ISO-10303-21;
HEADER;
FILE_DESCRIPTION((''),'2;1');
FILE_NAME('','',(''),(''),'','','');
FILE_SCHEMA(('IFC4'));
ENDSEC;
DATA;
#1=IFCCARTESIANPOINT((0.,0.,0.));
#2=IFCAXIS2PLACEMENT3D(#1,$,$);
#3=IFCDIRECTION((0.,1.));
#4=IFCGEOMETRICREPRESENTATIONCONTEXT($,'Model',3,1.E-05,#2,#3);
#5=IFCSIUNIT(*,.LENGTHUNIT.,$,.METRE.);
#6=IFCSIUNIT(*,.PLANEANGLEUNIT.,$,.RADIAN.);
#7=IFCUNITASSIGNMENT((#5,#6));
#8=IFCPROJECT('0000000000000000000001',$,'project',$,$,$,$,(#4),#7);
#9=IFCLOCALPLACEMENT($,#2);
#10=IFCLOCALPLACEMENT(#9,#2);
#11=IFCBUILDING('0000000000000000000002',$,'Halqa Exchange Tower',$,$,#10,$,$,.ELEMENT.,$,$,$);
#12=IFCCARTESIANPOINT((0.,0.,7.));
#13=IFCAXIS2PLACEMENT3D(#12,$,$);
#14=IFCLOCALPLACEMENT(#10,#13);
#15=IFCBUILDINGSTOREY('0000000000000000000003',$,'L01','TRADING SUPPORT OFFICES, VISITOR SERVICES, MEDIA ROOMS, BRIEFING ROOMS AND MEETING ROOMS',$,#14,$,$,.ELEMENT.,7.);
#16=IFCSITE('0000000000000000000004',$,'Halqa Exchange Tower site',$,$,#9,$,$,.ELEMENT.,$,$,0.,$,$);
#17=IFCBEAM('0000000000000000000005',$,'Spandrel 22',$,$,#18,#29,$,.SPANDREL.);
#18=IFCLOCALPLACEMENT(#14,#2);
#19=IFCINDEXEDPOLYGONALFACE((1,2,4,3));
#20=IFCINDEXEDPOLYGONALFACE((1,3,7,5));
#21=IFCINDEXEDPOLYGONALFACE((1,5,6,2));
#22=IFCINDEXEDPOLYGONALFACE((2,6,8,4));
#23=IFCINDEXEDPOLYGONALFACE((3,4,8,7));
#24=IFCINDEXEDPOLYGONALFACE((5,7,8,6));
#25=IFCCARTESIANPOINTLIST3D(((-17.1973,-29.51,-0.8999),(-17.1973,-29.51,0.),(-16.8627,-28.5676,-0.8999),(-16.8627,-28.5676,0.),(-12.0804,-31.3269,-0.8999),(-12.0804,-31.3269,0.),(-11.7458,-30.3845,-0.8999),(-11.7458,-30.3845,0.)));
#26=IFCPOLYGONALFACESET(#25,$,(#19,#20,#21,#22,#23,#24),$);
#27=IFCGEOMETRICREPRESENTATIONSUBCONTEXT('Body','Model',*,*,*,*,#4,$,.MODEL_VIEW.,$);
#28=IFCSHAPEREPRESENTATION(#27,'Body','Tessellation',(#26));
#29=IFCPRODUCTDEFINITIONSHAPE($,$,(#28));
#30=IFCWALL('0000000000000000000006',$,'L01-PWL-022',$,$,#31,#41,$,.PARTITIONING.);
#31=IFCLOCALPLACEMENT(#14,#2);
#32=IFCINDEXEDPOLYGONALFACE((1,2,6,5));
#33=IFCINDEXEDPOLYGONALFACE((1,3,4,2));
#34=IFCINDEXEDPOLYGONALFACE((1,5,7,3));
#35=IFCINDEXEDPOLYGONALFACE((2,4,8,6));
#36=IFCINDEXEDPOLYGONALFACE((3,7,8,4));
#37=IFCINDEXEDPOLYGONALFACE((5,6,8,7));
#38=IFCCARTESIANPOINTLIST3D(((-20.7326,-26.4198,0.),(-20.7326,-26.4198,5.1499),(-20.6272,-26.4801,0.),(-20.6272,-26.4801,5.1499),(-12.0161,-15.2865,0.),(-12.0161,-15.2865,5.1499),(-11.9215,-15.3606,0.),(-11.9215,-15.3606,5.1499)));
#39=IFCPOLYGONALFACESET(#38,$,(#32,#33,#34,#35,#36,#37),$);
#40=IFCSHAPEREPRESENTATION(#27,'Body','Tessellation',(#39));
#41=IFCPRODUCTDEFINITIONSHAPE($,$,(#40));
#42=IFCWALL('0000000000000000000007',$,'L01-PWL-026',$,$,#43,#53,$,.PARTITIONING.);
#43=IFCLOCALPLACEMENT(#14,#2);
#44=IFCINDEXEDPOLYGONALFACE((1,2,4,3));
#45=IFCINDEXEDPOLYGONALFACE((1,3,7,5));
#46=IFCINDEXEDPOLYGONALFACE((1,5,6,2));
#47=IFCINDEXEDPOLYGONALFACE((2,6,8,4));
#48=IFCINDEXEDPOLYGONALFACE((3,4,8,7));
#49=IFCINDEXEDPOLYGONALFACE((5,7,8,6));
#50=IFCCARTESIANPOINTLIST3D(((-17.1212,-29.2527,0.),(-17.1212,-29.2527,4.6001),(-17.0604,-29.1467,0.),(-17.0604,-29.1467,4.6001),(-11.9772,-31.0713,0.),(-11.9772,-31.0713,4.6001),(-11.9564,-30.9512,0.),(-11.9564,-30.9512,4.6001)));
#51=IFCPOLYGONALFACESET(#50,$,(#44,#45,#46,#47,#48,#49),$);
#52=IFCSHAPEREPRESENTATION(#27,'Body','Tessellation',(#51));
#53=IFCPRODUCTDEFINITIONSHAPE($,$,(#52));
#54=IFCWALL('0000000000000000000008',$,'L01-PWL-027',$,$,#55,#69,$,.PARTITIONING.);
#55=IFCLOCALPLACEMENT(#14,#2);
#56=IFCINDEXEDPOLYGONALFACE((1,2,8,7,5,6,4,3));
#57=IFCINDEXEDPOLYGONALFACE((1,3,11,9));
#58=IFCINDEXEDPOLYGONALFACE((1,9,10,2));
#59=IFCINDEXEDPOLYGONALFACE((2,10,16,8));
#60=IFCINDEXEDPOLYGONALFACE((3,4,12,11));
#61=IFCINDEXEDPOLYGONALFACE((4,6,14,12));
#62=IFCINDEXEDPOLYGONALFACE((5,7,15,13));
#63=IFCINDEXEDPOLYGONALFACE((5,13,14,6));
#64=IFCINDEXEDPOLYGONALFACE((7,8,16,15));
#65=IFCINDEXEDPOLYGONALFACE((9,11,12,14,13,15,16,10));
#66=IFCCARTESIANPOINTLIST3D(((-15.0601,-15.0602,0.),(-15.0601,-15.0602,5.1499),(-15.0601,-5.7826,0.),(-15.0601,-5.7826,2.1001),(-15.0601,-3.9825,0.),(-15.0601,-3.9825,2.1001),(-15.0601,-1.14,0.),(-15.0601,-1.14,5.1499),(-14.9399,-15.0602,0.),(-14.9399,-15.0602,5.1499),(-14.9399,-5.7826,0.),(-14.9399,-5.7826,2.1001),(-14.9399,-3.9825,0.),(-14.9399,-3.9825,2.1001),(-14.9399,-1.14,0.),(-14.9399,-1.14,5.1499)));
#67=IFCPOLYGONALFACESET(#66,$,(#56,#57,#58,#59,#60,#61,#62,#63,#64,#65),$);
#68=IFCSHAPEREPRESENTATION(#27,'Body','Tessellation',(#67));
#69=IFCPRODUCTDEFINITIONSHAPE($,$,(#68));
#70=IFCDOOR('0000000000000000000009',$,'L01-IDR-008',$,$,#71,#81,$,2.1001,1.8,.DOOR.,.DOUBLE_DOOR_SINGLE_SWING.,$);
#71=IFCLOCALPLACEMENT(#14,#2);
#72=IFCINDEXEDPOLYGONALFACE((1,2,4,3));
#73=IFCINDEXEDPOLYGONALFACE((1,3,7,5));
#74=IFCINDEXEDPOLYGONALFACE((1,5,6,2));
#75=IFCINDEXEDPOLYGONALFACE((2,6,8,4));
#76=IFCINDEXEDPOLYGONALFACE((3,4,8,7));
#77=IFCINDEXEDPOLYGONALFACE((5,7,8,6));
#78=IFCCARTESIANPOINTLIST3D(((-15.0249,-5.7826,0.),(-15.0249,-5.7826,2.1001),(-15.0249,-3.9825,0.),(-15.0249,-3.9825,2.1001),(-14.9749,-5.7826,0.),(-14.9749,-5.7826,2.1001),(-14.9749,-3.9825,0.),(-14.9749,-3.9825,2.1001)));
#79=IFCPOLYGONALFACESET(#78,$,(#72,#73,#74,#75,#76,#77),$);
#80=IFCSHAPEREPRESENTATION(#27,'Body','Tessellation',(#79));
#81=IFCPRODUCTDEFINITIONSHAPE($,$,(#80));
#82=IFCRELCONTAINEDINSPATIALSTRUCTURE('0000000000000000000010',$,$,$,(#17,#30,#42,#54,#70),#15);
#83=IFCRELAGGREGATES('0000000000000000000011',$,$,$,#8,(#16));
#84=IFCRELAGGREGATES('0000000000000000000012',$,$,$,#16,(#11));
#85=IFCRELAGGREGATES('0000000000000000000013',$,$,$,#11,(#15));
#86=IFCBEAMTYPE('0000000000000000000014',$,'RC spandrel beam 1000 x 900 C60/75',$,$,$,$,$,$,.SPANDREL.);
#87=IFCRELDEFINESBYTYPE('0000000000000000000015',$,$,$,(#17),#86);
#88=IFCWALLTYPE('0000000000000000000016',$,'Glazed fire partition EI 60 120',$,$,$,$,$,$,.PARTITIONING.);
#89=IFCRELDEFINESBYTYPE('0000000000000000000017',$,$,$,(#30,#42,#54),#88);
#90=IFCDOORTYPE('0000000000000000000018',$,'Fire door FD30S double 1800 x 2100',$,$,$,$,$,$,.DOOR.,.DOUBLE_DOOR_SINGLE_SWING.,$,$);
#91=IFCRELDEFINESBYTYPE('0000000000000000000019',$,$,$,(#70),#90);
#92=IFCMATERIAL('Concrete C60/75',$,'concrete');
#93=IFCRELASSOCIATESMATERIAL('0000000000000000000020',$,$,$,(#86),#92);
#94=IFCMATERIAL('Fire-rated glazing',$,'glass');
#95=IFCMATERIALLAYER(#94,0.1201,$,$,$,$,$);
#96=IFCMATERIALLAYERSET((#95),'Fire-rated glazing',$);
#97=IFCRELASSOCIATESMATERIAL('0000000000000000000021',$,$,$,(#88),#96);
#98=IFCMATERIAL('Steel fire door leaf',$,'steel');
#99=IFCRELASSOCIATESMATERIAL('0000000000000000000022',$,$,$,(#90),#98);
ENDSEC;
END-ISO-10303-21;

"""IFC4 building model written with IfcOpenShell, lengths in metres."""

from ifc_helpers import new_model, si_unit, direction, frame, frame_2d, origin, origin_2d, place, context, subcontext, project, spatial, polyline, rectangle, outline, extrude, material, layer, layer_set, material_profile, profile_set, type_object, element, fill, save


model = new_model("IFC4")

# Units and contexts
model_context = context("Model", 3, precision=1e-05, world=origin(), true_north=direction((0.0, 1.0)))
body_context = subcontext(model_context, "Body", "Model", "MODEL_VIEW")
ifc_project = project(units=[si_unit("LENGTHUNIT", "METRE"), si_unit("PLANEANGLEUNIT", "RADIAN")], contexts=[model_context])

# Site, building, storey
site_placement = place(None, origin())
site = spatial("IfcSite", under=ifc_project, at=site_placement, Name="Halqa Exchange Tower site", CompositionType="ELEMENT", RefElevation=0.0)
building_placement = place(site_placement, origin())
building = spatial("IfcBuilding", under=site, at=building_placement, Name="Halqa Exchange Tower", CompositionType="ELEMENT")
storey_placement = place(building_placement, frame((0.0, 0.0, 7.0)))
storey = spatial("IfcBuildingStorey", under=building, at=storey_placement, Name="L01", Description="TRADING SUPPORT OFFICES, VISITOR SERVICES, MEDIA ROOMS, BRIEFING ROOMS AND MEETING ROOMS", CompositionType="ELEMENT", Elevation=7.0)

# Beam
ifc_material_1 = material(Name="Concrete C60/75", Category="concrete")
ifc_material_profile_1 = material_profile(ifc_material_1, rectangle(XDim=1.0, YDim=0.8999, at=origin_2d()), Name="1000 x 900")
ifc_profile_set_1 = profile_set([ifc_material_profile_1], Name="Concrete C60/75")
beam_type_1 = type_object("IfcBeamType", Name="RC spandrel beam 1000 x 900 C60/75", PredefinedType="SPANDREL", material=ifc_profile_set_1)
beam_1_placement = place(storey_placement, frame((-17.03, -29.0388, -0.45), z_axis=(0.942358, -0.334607, 0.0), x_axis=(0.334607, 0.942358, 0.0)))
element("IfcBeam", 1, at=beam_1_placement, inside=storey, type_object=beam_type_1, Name="Spandrel 22", PredefinedType="SPANDREL", context=body_context, shape_type="SweptSolid", body=[
    extrude(rectangle(XDim=1.0, YDim=0.8999, at=origin_2d()), origin(), (0.0, 0.0, 1.0), 5.4299),
])

# Walls
ifc_material_2 = material(Name="Fire-rated glazing", Category="glass")
ifc_layer_1 = layer(ifc_material_2, 0.1201)
ifc_layer_set_1 = layer_set([ifc_layer_1], Name="Fire-rated glazing")
wall_type_1 = type_object("IfcWallType", Name="Glazed fire partition EI 60 120", PredefinedType="PARTITIONING", material=ifc_layer_set_1)
wall_1_placement = place(storey_placement, frame((-20.6799, -26.45, 0.0), z_axis=(0.0, 0.0, 1.0), x_axis=(0.616462, 0.787384, 0.0)))
element("IfcWall", 2, at=wall_1_placement, inside=storey, type_object=wall_type_1, Name="L01-PWL-022", PredefinedType="PARTITIONING", context=body_context, shape_type="SweptSolid", body=[
    extrude(outline(polyline([(0.0088, -0.0601), (14.1309, -0.0601), (14.1309, 0.0601), (-0.0088, 0.0601), (0.0088, -0.0601)])), origin(), (0.0, 0.0, 1.0), 5.1499),
])
wall_2_placement = place(storey_placement, frame((-17.0908, -29.1997, 0.0), z_axis=(0.0, 0.0, 1.0), x_axis=(0.942814, -0.333318, 0.0)))
element("IfcWall", 3, at=wall_2_placement, inside=storey, type_object=wall_type_1, Name="L01-PWL-026", PredefinedType="PARTITIONING", context=body_context, shape_type="SweptSolid", body=[
    extrude(outline(polyline([(-0.011, -0.0601), (5.4451, -0.0601), (5.4246, 0.0601), (0.011, 0.0601), (-0.011, -0.0601)])), origin(), (0.0, 0.0, 1.0), 4.6001),
])

# Wall, opening, door
wall_3_placement = place(storey_placement, frame((-15.0, -15.0601, 0.0), z_axis=(0.0, 0.0, 1.0), x_axis=(0.0, 1.0, 0.0)))
wall_3 = element("IfcWall", 4, at=wall_3_placement, inside=storey, type_object=wall_type_1, Name="L01-PWL-027", PredefinedType="PARTITIONING", context=body_context, shape_type="SweptSolid", body=[
    extrude(rectangle(XDim=13.9202, YDim=0.1201, at=frame_2d((6.96, 0.0))), origin(), (0.0, 0.0, 1.0), 5.1499),
])
opening_1_placement = place(wall_3_placement, frame((9.2776, 0.0, 0.0)))
opening_1 = element("IfcOpeningElement", 5, at=opening_1_placement, cuts=wall_3, PredefinedType="OPENING", context=body_context, shape_type="SweptSolid", body=[
    extrude(rectangle(XDim=1.8, YDim=2.1001, at=frame_2d((0.8999, 1.05))), frame((0.0, 0.072, 0.0), z_axis=(0.0, -1.0, 0.0), x_axis=(1.0, 0.0, 0.0)), (0.0, 0.0, 1.0), 0.144),
])
ifc_material_3 = material(Name="Steel fire door leaf", Category="steel")
door_type_1 = type_object("IfcDoorType", Name="Fire door FD30S double 1800 x 2100", OperationType="DOUBLE_DOOR_SINGLE_SWING", PredefinedType="DOOR", material=ifc_material_3)
door_1_placement = place(opening_1_placement, origin())
door_1 = element("IfcDoor", 6, at=door_1_placement, inside=storey, type_object=door_type_1, Name="L01-IDR-008", OperationType="DOUBLE_DOOR_SINGLE_SWING", OverallHeight=2.1001, OverallWidth=1.8, PredefinedType="DOOR", context=body_context, shape_type="SweptSolid", body=[
    extrude(rectangle(XDim=1.8, YDim=2.1001, at=frame_2d((0.8999, 1.05))), frame((0.0, 0.0249, 0.0), z_axis=(0.0, -1.0, 0.0), x_axis=(1.0, 0.0, 0.0)), (0.0, 0.0, 1.0), 0.05),
])
fill(opening_1, door_1)

save(model, "model.ifc")
